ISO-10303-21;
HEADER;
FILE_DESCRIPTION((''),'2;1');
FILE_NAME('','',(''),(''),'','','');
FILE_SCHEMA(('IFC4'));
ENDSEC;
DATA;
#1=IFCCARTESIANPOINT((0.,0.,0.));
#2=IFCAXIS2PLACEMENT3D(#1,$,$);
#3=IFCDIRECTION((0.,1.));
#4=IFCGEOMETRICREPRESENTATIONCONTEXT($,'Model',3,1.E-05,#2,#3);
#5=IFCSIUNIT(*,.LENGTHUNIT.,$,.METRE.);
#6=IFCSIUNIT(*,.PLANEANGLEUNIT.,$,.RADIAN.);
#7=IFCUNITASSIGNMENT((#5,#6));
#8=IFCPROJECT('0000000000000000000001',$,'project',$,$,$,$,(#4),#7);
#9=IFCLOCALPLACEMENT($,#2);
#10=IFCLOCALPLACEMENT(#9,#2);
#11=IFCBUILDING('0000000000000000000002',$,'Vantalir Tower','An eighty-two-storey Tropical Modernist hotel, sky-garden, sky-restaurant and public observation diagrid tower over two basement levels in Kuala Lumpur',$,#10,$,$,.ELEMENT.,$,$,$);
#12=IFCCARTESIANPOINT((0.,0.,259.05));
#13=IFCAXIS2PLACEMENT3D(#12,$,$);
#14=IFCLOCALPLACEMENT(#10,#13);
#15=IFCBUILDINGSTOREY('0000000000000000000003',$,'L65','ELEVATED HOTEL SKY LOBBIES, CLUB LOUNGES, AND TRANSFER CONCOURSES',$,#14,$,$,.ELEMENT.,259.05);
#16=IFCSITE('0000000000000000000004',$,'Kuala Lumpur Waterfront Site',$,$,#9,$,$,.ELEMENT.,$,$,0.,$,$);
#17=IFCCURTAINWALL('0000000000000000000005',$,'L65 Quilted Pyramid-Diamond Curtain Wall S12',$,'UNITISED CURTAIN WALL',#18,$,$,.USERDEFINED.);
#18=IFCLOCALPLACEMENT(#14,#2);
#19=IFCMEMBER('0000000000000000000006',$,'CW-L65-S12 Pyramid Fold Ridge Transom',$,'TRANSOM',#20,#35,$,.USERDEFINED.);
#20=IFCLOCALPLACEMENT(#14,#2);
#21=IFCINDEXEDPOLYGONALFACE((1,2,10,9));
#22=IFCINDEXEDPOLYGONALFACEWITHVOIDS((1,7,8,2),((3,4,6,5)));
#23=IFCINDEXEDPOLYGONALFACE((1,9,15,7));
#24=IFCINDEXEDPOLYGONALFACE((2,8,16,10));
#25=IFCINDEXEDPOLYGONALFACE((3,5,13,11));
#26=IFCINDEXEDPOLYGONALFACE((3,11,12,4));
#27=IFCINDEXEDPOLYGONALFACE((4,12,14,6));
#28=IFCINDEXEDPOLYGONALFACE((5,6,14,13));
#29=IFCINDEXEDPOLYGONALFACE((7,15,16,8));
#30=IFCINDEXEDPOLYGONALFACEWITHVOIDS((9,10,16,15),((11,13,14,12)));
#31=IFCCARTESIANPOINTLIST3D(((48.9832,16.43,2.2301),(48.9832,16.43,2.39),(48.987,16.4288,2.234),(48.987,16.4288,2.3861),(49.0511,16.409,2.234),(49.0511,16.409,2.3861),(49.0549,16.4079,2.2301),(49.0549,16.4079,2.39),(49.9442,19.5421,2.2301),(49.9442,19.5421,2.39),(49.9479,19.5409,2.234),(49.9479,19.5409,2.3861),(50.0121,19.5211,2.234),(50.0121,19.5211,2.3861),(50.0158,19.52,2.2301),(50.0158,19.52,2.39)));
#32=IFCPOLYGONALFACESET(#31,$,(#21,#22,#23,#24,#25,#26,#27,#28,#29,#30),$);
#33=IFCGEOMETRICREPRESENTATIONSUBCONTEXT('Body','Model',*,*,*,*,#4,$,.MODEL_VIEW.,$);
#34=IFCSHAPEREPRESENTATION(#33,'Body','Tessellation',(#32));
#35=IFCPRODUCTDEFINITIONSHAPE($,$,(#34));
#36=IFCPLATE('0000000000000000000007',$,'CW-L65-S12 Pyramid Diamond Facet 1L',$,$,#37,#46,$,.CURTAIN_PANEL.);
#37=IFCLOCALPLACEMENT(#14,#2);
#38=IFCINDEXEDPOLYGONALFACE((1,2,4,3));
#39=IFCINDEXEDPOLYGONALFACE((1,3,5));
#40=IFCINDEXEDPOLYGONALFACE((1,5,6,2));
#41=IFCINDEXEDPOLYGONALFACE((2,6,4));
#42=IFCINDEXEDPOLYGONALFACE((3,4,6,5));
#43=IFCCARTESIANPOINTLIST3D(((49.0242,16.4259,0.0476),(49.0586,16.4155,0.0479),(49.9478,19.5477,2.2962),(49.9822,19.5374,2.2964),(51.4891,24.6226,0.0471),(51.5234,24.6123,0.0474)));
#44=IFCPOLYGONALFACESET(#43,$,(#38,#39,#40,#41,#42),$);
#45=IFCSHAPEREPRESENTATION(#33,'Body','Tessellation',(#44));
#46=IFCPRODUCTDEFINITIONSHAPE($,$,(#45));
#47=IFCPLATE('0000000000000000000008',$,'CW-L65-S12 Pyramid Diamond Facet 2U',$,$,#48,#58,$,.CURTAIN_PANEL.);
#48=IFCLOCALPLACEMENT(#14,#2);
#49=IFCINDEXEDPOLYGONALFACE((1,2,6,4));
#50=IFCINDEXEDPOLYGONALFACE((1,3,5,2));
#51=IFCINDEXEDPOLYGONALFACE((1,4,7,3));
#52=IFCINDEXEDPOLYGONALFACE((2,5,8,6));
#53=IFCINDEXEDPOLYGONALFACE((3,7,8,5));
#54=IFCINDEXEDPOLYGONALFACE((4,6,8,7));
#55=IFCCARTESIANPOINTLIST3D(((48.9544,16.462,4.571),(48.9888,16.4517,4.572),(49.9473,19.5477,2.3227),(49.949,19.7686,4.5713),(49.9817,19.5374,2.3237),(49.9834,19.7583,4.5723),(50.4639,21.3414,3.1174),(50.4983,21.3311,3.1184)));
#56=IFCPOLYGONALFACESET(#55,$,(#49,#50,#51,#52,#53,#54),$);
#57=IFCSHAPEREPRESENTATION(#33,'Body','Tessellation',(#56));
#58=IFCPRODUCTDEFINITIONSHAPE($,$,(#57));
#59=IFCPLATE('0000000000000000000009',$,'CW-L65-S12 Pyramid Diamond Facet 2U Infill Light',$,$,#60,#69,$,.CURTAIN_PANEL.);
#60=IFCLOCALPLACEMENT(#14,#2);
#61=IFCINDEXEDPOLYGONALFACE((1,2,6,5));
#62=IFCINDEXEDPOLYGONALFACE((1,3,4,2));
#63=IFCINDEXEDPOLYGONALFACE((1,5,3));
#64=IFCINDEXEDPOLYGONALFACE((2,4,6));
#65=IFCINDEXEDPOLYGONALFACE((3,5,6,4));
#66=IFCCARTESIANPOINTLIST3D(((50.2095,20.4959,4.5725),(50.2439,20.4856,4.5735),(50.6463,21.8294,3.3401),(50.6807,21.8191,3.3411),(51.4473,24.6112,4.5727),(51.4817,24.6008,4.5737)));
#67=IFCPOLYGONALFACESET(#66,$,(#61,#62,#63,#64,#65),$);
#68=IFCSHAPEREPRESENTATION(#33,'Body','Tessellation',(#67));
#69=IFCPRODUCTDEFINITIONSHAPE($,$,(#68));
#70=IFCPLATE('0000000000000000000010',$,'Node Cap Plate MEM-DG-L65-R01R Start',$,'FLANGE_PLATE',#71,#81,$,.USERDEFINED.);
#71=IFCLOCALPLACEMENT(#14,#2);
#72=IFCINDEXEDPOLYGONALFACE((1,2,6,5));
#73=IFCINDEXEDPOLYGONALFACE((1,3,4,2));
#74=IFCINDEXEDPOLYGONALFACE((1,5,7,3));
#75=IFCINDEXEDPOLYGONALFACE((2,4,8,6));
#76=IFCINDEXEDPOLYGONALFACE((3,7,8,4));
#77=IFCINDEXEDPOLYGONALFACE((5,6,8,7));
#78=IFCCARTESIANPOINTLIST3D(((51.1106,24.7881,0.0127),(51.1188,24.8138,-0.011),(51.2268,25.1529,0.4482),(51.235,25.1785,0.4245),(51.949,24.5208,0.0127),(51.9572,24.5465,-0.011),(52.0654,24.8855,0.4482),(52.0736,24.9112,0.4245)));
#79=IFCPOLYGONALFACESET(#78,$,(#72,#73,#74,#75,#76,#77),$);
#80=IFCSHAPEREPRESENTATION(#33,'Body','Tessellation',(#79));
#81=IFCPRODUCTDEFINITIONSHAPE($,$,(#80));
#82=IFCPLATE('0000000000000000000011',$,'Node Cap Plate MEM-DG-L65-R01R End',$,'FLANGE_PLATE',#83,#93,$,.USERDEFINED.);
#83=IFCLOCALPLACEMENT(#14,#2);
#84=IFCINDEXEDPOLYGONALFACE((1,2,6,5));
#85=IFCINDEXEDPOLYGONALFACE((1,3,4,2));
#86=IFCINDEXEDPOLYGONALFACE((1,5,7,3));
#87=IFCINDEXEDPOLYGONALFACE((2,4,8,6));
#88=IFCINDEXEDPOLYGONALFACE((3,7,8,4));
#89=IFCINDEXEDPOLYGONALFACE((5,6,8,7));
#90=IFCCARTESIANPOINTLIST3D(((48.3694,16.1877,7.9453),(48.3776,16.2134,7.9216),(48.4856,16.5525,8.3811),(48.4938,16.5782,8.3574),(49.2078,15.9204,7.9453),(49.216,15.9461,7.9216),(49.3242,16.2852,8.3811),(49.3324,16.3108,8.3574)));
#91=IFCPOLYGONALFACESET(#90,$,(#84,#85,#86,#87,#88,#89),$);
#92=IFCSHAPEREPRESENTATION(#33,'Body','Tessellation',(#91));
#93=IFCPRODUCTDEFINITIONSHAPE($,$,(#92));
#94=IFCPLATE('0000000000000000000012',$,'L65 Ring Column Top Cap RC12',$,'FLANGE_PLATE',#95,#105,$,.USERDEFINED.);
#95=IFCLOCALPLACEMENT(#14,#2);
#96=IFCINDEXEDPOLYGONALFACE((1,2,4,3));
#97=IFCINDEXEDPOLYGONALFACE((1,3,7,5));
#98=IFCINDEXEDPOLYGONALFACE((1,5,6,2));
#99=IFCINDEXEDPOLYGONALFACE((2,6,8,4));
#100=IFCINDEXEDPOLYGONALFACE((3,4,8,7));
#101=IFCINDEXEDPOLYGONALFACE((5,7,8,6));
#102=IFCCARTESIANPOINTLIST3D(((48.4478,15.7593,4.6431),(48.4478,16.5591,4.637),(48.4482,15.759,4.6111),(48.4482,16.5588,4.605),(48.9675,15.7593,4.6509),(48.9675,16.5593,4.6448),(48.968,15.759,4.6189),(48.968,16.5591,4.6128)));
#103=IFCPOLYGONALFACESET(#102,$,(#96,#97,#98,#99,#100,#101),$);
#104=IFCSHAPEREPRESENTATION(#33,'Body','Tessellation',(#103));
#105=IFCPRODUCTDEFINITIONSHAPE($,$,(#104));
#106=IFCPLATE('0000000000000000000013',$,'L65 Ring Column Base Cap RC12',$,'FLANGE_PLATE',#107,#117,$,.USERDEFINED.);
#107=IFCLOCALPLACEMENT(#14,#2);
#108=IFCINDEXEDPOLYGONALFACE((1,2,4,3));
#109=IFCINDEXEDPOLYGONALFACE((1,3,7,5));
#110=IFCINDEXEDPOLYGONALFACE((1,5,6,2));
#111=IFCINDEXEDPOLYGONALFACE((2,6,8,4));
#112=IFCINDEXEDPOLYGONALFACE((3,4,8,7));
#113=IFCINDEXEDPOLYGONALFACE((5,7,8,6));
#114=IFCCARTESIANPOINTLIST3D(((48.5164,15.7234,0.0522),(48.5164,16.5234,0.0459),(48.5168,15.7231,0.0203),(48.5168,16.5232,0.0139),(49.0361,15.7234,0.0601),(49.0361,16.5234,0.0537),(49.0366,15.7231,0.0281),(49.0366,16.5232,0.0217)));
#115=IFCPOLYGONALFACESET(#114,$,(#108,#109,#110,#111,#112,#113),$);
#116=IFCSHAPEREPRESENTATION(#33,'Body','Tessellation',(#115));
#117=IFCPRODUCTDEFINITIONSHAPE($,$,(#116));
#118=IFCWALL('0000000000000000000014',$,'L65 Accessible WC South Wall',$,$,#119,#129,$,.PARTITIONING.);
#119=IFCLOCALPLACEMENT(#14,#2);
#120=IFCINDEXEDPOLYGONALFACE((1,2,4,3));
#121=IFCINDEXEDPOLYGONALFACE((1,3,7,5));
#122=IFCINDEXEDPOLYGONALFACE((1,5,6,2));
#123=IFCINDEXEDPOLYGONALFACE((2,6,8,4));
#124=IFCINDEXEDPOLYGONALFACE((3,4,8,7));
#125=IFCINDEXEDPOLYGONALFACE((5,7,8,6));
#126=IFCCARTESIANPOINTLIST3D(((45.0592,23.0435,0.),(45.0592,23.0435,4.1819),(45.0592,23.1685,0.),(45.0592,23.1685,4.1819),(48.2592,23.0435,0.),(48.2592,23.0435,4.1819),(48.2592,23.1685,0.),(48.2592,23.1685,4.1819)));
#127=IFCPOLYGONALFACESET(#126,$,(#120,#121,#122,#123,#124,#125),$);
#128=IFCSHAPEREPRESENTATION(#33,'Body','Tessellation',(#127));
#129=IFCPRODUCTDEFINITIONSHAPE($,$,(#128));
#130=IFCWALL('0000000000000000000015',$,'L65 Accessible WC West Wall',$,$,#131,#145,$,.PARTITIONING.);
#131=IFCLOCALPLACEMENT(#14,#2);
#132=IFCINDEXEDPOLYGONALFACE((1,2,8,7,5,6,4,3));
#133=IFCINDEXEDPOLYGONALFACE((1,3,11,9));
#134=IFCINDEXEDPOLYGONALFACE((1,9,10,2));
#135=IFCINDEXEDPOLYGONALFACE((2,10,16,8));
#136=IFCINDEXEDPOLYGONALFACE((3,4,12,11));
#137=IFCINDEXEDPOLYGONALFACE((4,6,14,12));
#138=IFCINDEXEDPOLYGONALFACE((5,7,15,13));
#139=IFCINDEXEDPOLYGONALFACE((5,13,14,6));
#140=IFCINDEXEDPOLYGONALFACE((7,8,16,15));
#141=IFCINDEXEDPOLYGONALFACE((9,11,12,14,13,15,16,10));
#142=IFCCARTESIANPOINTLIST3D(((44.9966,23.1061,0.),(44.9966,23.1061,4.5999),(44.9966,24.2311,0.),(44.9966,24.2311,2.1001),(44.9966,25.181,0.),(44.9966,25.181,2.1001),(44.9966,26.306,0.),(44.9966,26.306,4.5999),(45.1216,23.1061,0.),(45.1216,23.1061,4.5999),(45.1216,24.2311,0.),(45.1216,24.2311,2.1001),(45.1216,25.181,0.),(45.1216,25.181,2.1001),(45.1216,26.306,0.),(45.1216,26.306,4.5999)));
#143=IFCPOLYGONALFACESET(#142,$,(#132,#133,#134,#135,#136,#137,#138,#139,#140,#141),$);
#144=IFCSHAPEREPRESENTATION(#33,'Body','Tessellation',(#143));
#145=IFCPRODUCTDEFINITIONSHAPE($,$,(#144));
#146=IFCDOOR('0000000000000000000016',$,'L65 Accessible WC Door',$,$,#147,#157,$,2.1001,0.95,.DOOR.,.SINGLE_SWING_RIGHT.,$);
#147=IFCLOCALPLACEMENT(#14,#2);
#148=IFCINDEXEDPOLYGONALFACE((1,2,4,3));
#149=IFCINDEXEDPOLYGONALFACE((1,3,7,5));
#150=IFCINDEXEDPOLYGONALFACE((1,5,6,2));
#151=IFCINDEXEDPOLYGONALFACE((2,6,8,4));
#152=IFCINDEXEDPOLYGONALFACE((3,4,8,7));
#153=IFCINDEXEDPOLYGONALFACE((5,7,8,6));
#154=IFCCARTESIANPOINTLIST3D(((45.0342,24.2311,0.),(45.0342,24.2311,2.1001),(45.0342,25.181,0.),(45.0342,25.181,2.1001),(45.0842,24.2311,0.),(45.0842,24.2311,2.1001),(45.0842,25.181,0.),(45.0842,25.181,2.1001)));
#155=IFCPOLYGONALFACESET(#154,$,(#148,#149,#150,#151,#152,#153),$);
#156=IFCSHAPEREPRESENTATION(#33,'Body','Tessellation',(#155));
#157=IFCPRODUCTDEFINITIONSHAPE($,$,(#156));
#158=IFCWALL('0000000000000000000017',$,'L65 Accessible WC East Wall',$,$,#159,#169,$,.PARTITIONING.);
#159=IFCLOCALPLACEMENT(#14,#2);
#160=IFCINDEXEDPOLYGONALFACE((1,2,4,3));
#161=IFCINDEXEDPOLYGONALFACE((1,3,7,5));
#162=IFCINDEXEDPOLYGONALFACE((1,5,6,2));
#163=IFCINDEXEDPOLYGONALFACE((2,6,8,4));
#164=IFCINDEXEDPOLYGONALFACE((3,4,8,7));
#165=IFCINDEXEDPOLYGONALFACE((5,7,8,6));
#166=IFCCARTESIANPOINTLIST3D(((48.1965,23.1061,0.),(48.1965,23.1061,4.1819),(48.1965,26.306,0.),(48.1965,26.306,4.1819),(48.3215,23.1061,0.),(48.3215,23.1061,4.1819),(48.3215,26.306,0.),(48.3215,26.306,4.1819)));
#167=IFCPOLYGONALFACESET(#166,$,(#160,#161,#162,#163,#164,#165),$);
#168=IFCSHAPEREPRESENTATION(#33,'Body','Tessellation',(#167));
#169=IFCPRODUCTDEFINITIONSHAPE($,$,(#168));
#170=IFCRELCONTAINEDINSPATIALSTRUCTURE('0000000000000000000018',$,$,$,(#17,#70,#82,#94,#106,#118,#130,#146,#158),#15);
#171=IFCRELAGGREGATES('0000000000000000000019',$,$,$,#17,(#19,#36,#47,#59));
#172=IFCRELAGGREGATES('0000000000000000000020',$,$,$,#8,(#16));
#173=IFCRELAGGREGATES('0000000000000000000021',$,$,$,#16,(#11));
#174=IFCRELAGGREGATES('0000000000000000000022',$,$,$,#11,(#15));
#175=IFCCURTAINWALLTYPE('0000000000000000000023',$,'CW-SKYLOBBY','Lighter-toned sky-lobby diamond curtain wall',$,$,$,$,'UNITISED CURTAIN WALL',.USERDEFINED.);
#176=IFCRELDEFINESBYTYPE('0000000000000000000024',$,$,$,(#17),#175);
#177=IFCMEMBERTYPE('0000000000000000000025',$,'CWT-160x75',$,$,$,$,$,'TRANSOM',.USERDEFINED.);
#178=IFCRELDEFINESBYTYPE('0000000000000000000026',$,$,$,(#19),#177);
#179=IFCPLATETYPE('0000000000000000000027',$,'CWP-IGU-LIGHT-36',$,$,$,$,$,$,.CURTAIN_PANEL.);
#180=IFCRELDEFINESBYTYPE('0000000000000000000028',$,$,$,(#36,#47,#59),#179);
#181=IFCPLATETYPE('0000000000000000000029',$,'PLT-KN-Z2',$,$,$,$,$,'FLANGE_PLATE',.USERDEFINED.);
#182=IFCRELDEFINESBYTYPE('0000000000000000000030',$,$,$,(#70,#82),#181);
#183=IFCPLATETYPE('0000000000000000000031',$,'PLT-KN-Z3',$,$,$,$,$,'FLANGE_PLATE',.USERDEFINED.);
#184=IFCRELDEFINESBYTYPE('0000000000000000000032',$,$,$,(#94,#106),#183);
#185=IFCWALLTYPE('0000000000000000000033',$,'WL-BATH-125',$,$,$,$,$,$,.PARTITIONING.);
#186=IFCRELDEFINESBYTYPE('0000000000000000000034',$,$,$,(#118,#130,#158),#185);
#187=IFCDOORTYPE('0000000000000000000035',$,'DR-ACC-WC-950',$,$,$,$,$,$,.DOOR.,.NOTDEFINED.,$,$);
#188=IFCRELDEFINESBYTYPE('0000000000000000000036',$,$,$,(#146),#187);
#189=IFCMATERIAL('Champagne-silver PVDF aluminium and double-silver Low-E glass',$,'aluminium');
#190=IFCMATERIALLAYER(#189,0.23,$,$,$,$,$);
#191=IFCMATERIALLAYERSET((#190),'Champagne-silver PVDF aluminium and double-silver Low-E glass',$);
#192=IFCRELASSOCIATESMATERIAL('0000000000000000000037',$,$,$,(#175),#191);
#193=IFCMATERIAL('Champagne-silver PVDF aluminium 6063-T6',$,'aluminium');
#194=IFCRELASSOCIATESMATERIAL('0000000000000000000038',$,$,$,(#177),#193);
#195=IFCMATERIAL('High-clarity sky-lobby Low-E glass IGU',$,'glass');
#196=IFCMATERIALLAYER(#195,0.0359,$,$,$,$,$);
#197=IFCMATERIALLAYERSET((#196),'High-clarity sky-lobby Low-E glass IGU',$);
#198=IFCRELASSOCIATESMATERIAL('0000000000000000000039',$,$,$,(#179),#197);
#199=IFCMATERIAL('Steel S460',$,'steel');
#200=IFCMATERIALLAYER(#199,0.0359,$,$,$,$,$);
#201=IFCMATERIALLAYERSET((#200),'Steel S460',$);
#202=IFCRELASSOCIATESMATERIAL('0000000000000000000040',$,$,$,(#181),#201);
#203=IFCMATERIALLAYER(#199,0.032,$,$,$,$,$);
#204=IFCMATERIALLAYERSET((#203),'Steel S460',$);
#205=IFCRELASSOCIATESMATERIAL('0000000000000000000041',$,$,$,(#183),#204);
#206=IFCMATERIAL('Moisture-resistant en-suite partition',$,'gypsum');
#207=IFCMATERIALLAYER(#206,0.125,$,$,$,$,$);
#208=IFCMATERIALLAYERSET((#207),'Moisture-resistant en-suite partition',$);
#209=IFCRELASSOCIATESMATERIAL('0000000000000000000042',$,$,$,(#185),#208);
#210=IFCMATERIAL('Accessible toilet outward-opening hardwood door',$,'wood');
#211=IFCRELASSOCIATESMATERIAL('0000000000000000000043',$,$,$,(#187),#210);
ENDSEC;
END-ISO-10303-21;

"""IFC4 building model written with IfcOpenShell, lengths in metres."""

from ifc_helpers import new_model, si_unit, direction, frame, frame_2d, origin, origin_2d, place, context, subcontext, project, spatial, polyline, rectangle, hollow_rectangle, outline, extrude, material, layer, layer_set, material_profile, profile_set, type_object, element, fill, aggregate, save


model = new_model("IFC4")

# Units and contexts
model_context = context("Model", 3, precision=1e-05, world=origin(), true_north=direction((0.0, 1.0)))
body_context = subcontext(model_context, "Body", "Model", "MODEL_VIEW")
ifc_project = project(units=[si_unit("LENGTHUNIT", "METRE"), si_unit("PLANEANGLEUNIT", "RADIAN")], contexts=[model_context])

# Site, building, storey
site_placement = place(None, origin())
site = spatial("IfcSite", under=ifc_project, at=site_placement, Name="Kuala Lumpur Waterfront Site", CompositionType="ELEMENT", RefElevation=0.0)
building_placement = place(site_placement, origin())
building = spatial("IfcBuilding", under=site, at=building_placement, Name="Vantalir Tower", Description="An eighty-two-storey Tropical Modernist hotel, sky-garden, sky-restaurant and public observation diagrid tower over two basement levels in Kuala Lumpur", CompositionType="ELEMENT")
storey_placement = place(building_placement, frame((0.0, 0.0, 259.05)))
storey = spatial("IfcBuildingStorey", under=building, at=storey_placement, Name="L65", Description="ELEVATED HOTEL SKY LOBBIES, CLUB LOUNGES, AND TRANSFER CONCOURSES", CompositionType="ELEMENT", Elevation=259.05)

# Shared definitions
ifc_material_1 = material(Name="Steel S460", Category="steel")

# Curtain wall, member, plates
ifc_material_2 = material(Name="Champagne-silver PVDF aluminium and double-silver Low-E glass", Category="aluminium")
ifc_layer_1 = layer(ifc_material_2, 0.23)
ifc_layer_set_1 = layer_set([ifc_layer_1], Name="Champagne-silver PVDF aluminium and double-silver Low-E glass")
curtain_wall_type = type_object("IfcCurtainWallType", Name="CW-SKYLOBBY", Description="Lighter-toned sky-lobby diamond curtain wall", ElementType="UNITISED CURTAIN WALL", PredefinedType="USERDEFINED", material=ifc_layer_set_1)
curtain_wall_placement = place(storey_placement, origin())
curtain_wall = element("IfcCurtainWall", 1, at=curtain_wall_placement, inside=storey, type_object=curtain_wall_type, Name="L65 Quilted Pyramid-Diamond Curtain Wall S12", ObjectType="UNITISED CURTAIN WALL", PredefinedType="USERDEFINED")
ifc_material_3 = material(Name="Champagne-silver PVDF aluminium 6063-T6", Category="aluminium")
ifc_material_profile_1 = material_profile(ifc_material_3, hollow_rectangle(XDim=0.075, YDim=0.1599, WallThickness=0.0039, at=origin_2d()), Name="Champagne-silver PVDF aluminium 6063-T6")
ifc_profile_set_1 = profile_set([ifc_material_profile_1], Name="Champagne-silver PVDF aluminium 6063-T6")
member_type_1 = type_object("IfcMemberType", Name="CWT-160x75", ElementType="TRANSOM", PredefinedType="USERDEFINED", material=ifc_profile_set_1)
member_1_placement = place(storey_placement, frame((49.019, 16.4189, 2.3101), z_axis=(0.295034, 0.955487, 0.0), x_axis=(-0.955487, 0.295034, 0.0)))
member_1 = element("IfcMember", 2, at=member_1_placement, type_object=member_type_1, Name="CW-L65-S12 Pyramid Fold Ridge Transom", ObjectType="TRANSOM", PredefinedType="USERDEFINED", context=body_context, shape_type="SweptSolid", body=[
    extrude(hollow_rectangle(XDim=0.075, YDim=0.1599, WallThickness=0.0039, at=origin_2d()), origin(), (0.0, 0.0, 1.0), 3.2571),
])
ifc_material_4 = material(Name="High-clarity sky-lobby Low-E glass IGU", Category="glass")
ifc_layer_2 = layer(ifc_material_4, 0.0359)
ifc_layer_set_2 = layer_set([ifc_layer_2], Name="High-clarity sky-lobby Low-E glass IGU")
plate_type_1 = type_object("IfcPlateType", Name="CWP-IGU-LIGHT-36", PredefinedType="CURTAIN_PANEL", material=ifc_layer_set_2)
plate_1_placement = place(storey_placement, frame((49.0586, 16.4155, 0.0479), z_axis=(0.957619, -0.287964, 0.006463), x_axis=(0.287971, 0.957639, -0.000057)))
plate_1 = element("IfcPlate", 3, at=plate_1_placement, type_object=plate_type_1, Name="CW-L65-S12 Pyramid Diamond Facet 1L", PredefinedType="CURTAIN_PANEL", context=body_context, shape_type="SweptSolid", body=[
    extrude(outline(polyline([(0.0, 0.0), (8.5594, 0.0), (3.2554, 2.2488), (0.0, 0.0)])), origin(), (0.0, 0.0, -1.0), 0.0359),
])
plate_2_placement = place(storey_placement, frame((48.9888, 16.4517, 4.572), z_axis=(0.957254, -0.287931, 0.027565), x_axis=(0.288038, 0.957619, 0.00007)))
plate_2 = element("IfcPlate", 4, at=plate_2_placement, type_object=plate_type_1, Name="CW-L65-S12 Pyramid Diamond Facet 2U", PredefinedType="CURTAIN_PANEL", context=body_context, shape_type="SweptSolid", body=[
    extrude(outline(polyline([(0.0, 0.0), (3.453, 0.0), (5.1073, -1.4545), (3.2408, -2.2494), (0.0, 0.0)])), origin(), (0.0, 0.0, -1.0), 0.0359),
])
plate_3_placement = place(storey_placement, frame((50.2439, 20.4856, 4.5735), z_axis=(0.957252, -0.287927, 0.027707), x_axis=(0.288036, 0.95762, 0.000057)))
plate_3 = element("IfcPlate", 5, at=plate_3_placement, type_object=plate_type_1, Name="CW-L65-S12 Pyramid Diamond Facet 2U Infill Light", PredefinedType="CURTAIN_PANEL", context=body_context, shape_type="SweptSolid", body=[
    extrude(outline(polyline([(0.0, 0.0), (4.2974, 0.0), (1.4027, -1.233), (0.0, 0.0)])), origin(), (0.0, 0.0, -1.0), 0.0359),
])
aggregate(curtain_wall, [member_1, plate_1, plate_2, plate_3])

# Plates
ifc_layer_3 = layer(ifc_material_1, 0.0359)
ifc_layer_set_3 = layer_set([ifc_layer_3], Name="Steel S460")
plate_type_2 = type_object("IfcPlateType", Name="PLT-KN-Z2", ElementType="FLANGE_PLATE", PredefinedType="USERDEFINED", material=ifc_layer_set_3)
plate_4_placement = place(storey_placement, frame((51.1106, 24.7881, 0.0127), z_axis=(-0.228148, -0.715594, 0.660207), x_axis=(0.952743, -0.303776, -0.000021)))
element("IfcPlate", 6, at=plate_4_placement, inside=storey, type_object=plate_type_2, Name="Node Cap Plate MEM-DG-L65-R01R Start", ObjectType="FLANGE_PLATE", PredefinedType="USERDEFINED", context=body_context, shape_type="SweptSolid", body=[
    extrude(outline(polyline([(0.0, 0.0), (0.88, 0.0), (0.8801, 0.5799), (-0.0001, 0.5799), (0.0, 0.0)])), origin(), (0.0, 0.0, -1.0), 0.0359),
])
plate_5_placement = place(storey_placement, frame((48.3694, 16.1877, 7.9453), z_axis=(-0.228204, -0.715769, 0.659999), x_axis=(0.952743, -0.303776, -0.000021)))
element("IfcPlate", 7, at=plate_5_placement, inside=storey, type_object=plate_type_2, Name="Node Cap Plate MEM-DG-L65-R01R End", ObjectType="FLANGE_PLATE", PredefinedType="USERDEFINED", context=body_context, shape_type="SweptSolid", body=[
    extrude(outline(polyline([(0.0, 0.0), (0.88, 0.0), (0.8801, 0.5801), (-0.0001, 0.5801), (0.0, 0.0)])), origin(), (0.0, 0.0, -1.0), 0.0359),
])
ifc_layer_4 = layer(ifc_material_1, 0.032)
ifc_layer_set_4 = layer_set([ifc_layer_4], Name="Steel S460")
plate_type_3 = type_object("IfcPlateType", Name="PLT-KN-Z3", ElementType="FLANGE_PLATE", PredefinedType="USERDEFINED", material=ifc_layer_set_4)
plate_6_placement = place(storey_placement, frame((48.4478, 16.5591, 4.637), z_axis=(-0.01503, 0.007629, 0.999858), x_axis=(0.0, -0.999971, 0.00763)))
element("IfcPlate", 8, at=plate_6_placement, inside=storey, type_object=plate_type_3, Name="L65 Ring Column Top Cap RC12", ObjectType="FLANGE_PLATE", PredefinedType="USERDEFINED", context=body_context, shape_type="SweptSolid", body=[
    extrude(outline(polyline([(0.0, 0.0), (0.7998, 0.0), (0.7999, 0.5198), (-0.0002, 0.5198), (0.0, 0.0)])), origin(), (0.0, 0.0, -1.0), 0.032),
])
plate_7_placement = place(storey_placement, frame((48.5164, 16.5234, 0.0459), z_axis=(-0.015028, 0.007933, 0.999856), x_axis=(0.0, -0.999969, 0.007934)))
element("IfcPlate", 9, at=plate_7_placement, inside=storey, type_object=plate_type_3, Name="L65 Ring Column Base Cap RC12", ObjectType="FLANGE_PLATE", PredefinedType="USERDEFINED", context=body_context, shape_type="SweptSolid", body=[
    extrude(outline(polyline([(0.0, 0.0), (0.8001, 0.0), (0.8001, 0.5198), (0.0001, 0.5198), (0.0, 0.0)])), origin(), (0.0, 0.0, -1.0), 0.032),
])

# Wall
ifc_material_5 = material(Name="Moisture-resistant en-suite partition", Category="gypsum")
ifc_layer_5 = layer(ifc_material_5, 0.125)
ifc_layer_set_5 = layer_set([ifc_layer_5], Name="Moisture-resistant en-suite partition")
wall_type_1 = type_object("IfcWallType", Name="WL-BATH-125", PredefinedType="PARTITIONING", material=ifc_layer_set_5)
wall_1_placement = place(storey_placement, frame((45.0591, 23.106, 0.0), z_axis=(0.0, 0.0, 1.0), x_axis=(1.0, 0.0, 0.0)))
element("IfcWall", 10, at=wall_1_placement, inside=storey, type_object=wall_type_1, Name="L65 Accessible WC South Wall", PredefinedType="PARTITIONING", context=body_context, shape_type="SweptSolid", body=[
    extrude(rectangle(XDim=3.2, YDim=0.125, at=frame_2d((1.6001, 0.0))), origin(), (0.0, 0.0, 1.0), 4.1819),
])

# Wall, opening, door
wall_2_placement = place(storey_placement, frame((45.0591, 23.106, 0.0), z_axis=(0.0, 0.0, 1.0), x_axis=(0.0, 1.0, 0.0)))
wall_2 = element("IfcWall", 11, at=wall_2_placement, inside=storey, type_object=wall_type_1, Name="L65 Accessible WC West Wall", PredefinedType="PARTITIONING", context=body_context, shape_type="SweptSolid", body=[
    extrude(rectangle(XDim=3.2, YDim=0.125, at=frame_2d((1.6001, 0.0))), origin(), (0.0, 0.0, 1.0), 4.5999),
])
opening_1_placement = place(wall_2_placement, frame((1.125, 0.0, 0.0)))
opening_1 = element("IfcOpeningElement", 12, at=opening_1_placement, cuts=wall_2, PredefinedType="OPENING", context=body_context, shape_type="SweptSolid", body=[
    extrude(rectangle(XDim=0.95, YDim=2.1001, at=frame_2d((0.4751, 1.05))), frame((0.0, 0.0725, 0.0), z_axis=(0.0, -1.0, 0.0), x_axis=(1.0, 0.0, 0.0)), (0.0, 0.0, 1.0), 0.145),
])
ifc_material_6 = material(Name="Accessible toilet outward-opening hardwood door", Category="wood")
door_type_1 = type_object("IfcDoorType", Name="DR-ACC-WC-950", OperationType="NOTDEFINED", PredefinedType="DOOR", material=ifc_material_6)
door_1_placement = place(opening_1_placement, origin())
door_1 = element("IfcDoor", 13, at=door_1_placement, inside=storey, type_object=door_type_1, Name="L65 Accessible WC Door", OperationType="SINGLE_SWING_RIGHT", OverallHeight=2.1001, OverallWidth=0.95, PredefinedType="DOOR", context=body_context, shape_type="SweptSolid", body=[
    extrude(rectangle(XDim=0.95, YDim=2.1001, at=frame_2d((0.4751, 1.05))), frame((0.0, 0.0249, 0.0), z_axis=(0.0, -1.0, 0.0), x_axis=(1.0, 0.0, 0.0)), (0.0, 0.0, 1.0), 0.05),
])
fill(opening_1, door_1)

# Wall
wall_3_placement = place(storey_placement, frame((48.259, 23.106, 0.0), z_axis=(0.0, 0.0, 1.0), x_axis=(0.0, 1.0, 0.0)))
element("IfcWall", 14, at=wall_3_placement, inside=storey, type_object=wall_type_1, Name="L65 Accessible WC East Wall", PredefinedType="PARTITIONING", context=body_context, shape_type="SweptSolid", body=[
    extrude(rectangle(XDim=3.2, YDim=0.125, at=frame_2d((1.6001, 0.0))), origin(), (0.0, 0.0, 1.0), 4.1819),
])

save(model, "model.ifc")
